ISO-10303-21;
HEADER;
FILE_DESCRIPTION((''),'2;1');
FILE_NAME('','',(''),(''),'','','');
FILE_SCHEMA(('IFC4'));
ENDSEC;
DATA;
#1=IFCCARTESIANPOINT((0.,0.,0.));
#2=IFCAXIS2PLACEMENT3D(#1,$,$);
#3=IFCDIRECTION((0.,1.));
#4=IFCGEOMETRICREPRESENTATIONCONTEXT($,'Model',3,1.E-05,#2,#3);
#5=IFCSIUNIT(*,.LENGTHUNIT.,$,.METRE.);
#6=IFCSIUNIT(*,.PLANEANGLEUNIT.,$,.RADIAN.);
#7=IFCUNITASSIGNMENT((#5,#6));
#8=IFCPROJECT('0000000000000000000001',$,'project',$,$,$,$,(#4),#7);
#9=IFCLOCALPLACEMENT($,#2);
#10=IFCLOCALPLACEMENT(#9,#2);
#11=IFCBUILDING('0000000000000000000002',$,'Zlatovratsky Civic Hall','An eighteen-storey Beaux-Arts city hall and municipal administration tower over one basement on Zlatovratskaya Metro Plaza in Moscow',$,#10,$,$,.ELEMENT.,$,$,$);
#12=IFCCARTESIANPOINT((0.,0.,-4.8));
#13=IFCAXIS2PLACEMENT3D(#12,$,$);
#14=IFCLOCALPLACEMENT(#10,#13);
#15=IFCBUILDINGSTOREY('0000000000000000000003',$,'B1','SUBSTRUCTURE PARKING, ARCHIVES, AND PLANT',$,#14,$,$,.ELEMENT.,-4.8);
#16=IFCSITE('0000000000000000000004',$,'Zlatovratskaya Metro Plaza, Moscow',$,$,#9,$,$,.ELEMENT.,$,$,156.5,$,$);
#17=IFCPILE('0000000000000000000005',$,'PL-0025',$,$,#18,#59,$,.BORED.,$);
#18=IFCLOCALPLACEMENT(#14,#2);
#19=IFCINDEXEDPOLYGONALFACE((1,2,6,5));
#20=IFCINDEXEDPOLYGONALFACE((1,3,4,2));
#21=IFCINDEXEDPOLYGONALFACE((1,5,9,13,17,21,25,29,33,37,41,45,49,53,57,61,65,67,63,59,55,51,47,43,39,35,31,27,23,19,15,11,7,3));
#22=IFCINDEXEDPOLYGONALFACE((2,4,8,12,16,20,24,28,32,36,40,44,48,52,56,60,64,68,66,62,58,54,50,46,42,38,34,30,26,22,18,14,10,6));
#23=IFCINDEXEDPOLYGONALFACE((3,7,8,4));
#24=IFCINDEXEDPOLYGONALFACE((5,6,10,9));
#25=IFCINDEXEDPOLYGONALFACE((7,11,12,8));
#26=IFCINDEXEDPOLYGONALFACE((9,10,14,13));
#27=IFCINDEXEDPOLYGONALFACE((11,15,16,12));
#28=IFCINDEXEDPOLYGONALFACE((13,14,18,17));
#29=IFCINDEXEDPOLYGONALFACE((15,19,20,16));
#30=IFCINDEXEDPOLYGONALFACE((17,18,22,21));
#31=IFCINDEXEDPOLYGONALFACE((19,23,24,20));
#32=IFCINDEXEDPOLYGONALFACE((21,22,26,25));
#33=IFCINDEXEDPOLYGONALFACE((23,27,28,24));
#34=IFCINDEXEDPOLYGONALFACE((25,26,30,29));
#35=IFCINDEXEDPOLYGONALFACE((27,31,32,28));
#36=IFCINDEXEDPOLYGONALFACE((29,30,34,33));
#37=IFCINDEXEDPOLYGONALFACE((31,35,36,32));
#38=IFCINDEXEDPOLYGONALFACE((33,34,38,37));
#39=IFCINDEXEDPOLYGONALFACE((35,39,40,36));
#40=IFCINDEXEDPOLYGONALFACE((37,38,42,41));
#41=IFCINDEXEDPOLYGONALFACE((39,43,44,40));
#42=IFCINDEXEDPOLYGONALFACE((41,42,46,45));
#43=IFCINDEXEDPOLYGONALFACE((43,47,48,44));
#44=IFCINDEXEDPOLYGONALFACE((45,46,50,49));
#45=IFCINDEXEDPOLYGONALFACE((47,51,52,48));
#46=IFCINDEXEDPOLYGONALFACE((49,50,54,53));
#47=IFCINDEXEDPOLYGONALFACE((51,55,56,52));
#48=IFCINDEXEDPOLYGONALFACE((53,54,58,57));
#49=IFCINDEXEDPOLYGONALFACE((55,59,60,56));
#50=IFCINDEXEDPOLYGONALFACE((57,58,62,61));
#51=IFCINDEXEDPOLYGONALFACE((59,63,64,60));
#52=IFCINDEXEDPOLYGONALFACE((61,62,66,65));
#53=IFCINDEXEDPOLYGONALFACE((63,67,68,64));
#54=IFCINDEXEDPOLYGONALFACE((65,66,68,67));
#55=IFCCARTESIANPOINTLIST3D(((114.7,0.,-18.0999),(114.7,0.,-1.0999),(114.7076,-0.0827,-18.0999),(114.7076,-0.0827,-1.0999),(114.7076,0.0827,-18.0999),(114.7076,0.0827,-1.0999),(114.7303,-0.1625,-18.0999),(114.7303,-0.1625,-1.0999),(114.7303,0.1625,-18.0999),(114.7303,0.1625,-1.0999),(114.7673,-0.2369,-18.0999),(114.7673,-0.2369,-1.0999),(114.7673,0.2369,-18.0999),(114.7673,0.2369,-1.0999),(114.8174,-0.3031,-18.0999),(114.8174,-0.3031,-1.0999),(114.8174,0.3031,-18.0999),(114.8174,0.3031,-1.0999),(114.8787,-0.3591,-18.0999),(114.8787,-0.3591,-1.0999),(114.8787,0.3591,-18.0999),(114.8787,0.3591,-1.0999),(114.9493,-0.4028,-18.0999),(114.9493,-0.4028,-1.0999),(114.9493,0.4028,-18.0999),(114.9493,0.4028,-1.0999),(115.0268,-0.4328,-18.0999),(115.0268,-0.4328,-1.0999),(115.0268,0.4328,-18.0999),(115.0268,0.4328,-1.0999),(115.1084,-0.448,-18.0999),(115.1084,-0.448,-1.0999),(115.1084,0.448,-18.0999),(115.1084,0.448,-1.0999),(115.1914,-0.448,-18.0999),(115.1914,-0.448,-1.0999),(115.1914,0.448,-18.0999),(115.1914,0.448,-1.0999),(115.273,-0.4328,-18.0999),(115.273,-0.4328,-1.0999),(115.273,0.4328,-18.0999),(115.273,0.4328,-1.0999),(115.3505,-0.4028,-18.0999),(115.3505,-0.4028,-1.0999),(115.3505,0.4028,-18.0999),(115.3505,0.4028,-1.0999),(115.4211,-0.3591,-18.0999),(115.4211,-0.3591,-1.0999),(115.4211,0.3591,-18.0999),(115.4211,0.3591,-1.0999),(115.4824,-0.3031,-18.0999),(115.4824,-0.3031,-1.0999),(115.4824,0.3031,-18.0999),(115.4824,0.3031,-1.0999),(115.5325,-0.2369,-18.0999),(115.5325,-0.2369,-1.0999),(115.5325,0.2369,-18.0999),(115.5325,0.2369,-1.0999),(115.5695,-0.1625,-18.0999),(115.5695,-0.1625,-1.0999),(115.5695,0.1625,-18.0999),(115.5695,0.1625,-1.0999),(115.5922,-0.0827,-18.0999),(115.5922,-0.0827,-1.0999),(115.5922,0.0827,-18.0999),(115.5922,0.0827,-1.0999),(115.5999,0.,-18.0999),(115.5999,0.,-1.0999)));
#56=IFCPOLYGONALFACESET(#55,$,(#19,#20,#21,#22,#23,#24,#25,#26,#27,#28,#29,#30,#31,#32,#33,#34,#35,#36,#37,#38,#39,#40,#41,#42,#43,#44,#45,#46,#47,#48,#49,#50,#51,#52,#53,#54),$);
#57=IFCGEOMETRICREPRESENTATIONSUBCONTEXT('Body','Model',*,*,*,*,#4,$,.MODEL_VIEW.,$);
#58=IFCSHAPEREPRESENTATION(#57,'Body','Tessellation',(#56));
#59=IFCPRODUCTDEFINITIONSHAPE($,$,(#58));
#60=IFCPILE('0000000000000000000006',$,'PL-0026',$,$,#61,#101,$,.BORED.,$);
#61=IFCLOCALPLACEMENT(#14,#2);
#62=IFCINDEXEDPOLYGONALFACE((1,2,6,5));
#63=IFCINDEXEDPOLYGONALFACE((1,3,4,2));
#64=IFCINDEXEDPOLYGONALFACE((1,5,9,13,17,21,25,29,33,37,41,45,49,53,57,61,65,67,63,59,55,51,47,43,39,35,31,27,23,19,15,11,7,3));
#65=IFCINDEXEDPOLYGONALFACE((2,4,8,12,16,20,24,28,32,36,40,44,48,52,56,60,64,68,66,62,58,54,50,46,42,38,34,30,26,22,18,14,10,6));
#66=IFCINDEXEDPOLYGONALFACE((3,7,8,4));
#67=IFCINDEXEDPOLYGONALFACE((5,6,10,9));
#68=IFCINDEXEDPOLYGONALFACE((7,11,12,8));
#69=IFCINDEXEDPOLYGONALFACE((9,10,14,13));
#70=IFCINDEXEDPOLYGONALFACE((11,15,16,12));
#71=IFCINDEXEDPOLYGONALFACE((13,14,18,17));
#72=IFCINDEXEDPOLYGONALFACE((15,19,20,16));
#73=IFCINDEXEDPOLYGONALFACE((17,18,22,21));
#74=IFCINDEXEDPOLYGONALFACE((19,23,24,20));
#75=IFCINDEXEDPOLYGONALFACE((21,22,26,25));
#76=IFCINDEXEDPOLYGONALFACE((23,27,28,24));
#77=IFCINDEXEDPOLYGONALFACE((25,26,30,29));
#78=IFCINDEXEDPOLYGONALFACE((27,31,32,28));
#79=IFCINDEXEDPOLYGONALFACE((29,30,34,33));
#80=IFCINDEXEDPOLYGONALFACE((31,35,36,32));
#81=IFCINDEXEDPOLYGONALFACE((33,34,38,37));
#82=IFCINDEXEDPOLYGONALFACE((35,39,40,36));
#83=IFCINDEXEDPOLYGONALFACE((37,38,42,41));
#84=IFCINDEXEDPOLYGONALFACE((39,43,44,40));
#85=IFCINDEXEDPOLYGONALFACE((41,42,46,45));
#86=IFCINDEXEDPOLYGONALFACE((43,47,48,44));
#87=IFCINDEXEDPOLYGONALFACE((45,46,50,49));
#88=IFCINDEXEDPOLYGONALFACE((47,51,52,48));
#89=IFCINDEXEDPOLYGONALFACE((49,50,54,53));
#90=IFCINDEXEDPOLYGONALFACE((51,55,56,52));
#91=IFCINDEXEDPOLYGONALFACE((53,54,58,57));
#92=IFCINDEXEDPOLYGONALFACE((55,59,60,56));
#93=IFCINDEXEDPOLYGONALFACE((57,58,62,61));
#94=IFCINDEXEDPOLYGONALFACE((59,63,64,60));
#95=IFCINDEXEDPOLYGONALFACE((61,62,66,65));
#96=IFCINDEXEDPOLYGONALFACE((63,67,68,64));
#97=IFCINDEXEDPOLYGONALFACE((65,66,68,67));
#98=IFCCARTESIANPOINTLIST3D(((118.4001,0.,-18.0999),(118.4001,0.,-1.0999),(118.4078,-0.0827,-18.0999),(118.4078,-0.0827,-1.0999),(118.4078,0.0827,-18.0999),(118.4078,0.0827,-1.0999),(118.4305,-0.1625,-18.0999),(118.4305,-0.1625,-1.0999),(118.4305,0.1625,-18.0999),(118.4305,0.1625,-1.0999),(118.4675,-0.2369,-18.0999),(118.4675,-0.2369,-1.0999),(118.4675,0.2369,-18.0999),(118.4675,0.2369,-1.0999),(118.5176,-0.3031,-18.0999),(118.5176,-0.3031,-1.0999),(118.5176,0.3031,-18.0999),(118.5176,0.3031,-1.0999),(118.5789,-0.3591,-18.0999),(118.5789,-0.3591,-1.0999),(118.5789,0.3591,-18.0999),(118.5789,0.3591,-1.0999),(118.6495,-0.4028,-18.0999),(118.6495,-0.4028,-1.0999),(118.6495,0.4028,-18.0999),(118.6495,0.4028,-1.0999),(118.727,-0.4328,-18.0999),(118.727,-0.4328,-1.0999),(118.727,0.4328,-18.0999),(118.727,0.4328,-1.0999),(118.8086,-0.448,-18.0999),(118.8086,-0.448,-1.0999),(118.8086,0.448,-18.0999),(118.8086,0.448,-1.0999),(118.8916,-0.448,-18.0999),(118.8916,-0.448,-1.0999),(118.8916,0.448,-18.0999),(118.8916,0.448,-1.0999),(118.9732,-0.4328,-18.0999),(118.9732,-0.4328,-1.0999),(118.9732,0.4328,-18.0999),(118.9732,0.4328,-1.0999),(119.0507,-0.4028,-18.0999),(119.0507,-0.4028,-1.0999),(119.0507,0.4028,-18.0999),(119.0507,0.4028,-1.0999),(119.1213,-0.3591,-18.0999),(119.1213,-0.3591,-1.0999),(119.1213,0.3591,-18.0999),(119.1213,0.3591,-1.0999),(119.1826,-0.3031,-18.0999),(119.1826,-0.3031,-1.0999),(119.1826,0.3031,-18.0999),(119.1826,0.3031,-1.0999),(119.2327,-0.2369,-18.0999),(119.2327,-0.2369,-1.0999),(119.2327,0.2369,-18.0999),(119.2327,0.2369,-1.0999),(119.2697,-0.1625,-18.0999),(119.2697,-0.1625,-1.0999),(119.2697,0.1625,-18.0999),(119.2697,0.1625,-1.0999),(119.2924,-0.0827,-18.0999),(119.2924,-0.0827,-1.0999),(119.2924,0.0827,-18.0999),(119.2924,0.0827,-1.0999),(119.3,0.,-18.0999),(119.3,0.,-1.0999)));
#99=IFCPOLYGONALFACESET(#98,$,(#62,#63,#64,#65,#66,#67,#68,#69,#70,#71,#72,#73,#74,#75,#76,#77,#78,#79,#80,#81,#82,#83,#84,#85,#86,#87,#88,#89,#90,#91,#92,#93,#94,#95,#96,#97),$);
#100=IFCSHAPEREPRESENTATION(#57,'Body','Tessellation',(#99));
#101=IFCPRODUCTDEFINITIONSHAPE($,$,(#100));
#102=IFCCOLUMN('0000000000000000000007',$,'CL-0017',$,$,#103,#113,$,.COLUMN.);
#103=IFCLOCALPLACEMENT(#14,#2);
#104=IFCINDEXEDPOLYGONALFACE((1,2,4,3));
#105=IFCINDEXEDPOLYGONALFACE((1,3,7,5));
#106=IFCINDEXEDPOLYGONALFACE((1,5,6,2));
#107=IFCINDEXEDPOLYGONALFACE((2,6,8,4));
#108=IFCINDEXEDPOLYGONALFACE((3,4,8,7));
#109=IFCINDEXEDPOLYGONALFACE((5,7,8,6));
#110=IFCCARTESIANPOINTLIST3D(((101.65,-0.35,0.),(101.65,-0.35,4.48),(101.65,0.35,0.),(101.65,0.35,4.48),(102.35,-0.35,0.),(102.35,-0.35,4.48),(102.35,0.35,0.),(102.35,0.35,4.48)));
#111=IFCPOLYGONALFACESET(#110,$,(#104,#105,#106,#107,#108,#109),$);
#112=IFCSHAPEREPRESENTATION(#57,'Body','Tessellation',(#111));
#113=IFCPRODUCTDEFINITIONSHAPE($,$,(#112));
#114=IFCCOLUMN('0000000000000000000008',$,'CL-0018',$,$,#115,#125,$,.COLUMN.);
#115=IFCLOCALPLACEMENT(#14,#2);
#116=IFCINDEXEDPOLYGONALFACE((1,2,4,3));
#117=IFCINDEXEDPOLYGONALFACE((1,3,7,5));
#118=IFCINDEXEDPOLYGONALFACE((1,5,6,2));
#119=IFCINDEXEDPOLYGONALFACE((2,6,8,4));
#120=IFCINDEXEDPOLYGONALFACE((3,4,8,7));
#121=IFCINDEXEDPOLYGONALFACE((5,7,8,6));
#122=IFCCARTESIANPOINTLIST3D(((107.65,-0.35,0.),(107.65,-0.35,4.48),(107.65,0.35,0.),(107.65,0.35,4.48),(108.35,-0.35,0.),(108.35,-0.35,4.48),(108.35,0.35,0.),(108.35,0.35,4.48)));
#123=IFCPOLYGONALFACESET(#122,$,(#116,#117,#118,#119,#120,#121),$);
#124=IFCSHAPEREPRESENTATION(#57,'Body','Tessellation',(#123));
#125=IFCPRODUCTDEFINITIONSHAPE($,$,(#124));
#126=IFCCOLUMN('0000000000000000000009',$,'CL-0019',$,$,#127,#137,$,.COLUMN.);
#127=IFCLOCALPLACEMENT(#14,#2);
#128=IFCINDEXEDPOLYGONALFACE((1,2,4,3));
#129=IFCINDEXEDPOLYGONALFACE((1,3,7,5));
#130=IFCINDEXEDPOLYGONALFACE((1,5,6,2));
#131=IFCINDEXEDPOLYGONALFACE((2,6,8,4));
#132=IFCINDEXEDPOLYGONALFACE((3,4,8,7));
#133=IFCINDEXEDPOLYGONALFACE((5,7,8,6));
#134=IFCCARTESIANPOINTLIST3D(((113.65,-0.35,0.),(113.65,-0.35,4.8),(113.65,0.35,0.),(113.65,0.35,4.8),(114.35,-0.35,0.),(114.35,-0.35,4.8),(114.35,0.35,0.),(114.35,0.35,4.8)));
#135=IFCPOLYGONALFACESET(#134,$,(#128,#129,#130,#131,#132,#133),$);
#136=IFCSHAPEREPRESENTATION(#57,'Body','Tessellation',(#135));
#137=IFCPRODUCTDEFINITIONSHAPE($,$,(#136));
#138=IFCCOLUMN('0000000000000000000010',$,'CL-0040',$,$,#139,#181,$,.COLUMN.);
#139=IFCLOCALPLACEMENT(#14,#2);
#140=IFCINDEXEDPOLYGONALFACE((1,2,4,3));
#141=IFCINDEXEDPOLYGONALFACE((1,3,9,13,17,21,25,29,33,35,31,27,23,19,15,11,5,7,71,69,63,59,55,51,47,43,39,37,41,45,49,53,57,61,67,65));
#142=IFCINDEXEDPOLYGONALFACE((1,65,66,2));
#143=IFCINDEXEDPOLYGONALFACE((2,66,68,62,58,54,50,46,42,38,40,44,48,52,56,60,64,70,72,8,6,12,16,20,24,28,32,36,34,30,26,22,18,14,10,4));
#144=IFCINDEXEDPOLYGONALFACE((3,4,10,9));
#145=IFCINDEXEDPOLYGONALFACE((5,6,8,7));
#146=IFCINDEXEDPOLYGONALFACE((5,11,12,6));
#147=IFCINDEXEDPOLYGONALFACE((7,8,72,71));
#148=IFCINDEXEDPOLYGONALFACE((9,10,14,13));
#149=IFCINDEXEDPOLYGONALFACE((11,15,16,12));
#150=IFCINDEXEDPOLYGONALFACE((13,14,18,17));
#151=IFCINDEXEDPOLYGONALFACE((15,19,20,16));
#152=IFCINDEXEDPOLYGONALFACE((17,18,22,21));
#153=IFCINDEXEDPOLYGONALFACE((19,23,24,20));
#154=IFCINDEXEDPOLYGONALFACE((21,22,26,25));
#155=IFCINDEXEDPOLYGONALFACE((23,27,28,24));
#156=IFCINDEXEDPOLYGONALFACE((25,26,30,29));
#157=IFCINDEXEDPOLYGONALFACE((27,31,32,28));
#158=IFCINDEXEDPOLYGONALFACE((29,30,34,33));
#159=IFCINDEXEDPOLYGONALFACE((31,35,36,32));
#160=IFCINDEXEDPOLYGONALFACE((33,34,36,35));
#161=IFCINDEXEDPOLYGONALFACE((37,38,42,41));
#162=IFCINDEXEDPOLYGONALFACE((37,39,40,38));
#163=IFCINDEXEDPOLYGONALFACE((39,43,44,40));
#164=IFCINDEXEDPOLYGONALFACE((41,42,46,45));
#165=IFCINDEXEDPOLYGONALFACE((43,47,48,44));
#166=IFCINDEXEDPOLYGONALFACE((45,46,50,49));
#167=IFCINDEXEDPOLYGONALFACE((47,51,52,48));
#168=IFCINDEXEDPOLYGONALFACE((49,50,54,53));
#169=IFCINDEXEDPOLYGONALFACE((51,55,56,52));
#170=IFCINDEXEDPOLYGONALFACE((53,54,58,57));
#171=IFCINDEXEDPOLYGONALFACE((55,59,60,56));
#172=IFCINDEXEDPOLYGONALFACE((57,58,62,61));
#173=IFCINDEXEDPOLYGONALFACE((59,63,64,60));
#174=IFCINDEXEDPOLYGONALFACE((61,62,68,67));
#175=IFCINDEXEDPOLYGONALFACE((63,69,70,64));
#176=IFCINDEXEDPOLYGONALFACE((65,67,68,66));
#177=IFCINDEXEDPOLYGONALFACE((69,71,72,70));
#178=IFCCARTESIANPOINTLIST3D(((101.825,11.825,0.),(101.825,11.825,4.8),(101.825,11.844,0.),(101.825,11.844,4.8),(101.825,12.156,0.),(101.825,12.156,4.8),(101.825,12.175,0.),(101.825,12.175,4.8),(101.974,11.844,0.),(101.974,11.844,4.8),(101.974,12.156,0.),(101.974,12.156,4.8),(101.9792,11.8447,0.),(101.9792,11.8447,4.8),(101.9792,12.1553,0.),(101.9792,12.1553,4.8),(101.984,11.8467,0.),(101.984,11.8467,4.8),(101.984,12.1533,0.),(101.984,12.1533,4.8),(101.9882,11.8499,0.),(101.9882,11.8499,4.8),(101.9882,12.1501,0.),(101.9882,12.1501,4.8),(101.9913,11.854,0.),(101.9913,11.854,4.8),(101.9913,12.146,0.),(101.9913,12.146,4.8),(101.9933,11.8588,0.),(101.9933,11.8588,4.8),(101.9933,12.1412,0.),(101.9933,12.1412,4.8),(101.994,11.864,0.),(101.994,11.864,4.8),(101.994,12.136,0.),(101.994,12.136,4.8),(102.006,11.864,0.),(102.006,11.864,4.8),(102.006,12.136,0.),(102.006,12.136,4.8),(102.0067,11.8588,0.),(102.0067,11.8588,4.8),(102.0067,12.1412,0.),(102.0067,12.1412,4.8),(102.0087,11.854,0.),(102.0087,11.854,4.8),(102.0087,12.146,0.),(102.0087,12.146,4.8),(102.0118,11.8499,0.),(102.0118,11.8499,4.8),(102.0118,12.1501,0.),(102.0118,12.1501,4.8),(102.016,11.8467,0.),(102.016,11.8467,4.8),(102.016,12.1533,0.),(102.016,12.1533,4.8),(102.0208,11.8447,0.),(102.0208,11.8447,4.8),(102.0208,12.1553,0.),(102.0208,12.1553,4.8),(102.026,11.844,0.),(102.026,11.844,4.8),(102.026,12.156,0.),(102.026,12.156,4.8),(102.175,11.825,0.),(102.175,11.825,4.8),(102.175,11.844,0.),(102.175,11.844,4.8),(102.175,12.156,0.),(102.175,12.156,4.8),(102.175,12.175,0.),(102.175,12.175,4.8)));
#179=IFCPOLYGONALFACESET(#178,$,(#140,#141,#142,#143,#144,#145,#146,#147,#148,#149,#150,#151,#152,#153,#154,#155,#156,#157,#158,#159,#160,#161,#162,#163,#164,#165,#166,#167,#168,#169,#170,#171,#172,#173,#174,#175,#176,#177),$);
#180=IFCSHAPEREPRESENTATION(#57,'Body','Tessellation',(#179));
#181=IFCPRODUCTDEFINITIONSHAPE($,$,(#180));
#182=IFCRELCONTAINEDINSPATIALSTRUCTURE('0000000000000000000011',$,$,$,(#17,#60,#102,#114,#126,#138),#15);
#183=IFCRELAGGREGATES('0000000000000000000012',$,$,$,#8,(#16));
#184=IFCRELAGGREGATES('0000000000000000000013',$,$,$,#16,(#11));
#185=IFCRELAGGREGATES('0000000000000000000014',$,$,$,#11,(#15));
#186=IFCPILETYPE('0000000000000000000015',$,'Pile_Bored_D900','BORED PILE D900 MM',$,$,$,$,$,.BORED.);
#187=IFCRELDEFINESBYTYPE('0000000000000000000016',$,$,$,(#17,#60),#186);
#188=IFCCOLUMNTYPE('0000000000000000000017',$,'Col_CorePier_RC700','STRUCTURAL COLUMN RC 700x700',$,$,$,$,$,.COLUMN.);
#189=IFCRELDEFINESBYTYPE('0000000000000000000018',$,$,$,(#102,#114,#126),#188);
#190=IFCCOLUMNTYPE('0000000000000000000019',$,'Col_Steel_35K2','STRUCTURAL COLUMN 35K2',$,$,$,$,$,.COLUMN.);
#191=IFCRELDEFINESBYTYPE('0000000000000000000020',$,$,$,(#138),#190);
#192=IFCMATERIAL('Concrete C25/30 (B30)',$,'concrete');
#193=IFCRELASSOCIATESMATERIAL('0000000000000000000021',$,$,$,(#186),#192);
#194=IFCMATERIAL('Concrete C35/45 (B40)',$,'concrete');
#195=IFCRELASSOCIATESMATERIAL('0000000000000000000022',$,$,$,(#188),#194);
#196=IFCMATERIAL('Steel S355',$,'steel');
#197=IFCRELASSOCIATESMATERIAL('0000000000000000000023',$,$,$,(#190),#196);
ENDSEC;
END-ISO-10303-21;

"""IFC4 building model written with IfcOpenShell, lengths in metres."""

from ifc_helpers import new_model, si_unit, direction, frame, origin, origin_2d, place, context, subcontext, project, spatial, rectangle, circle, i_section, extrude, material, material_profile, profile_set, type_object, element, save


model = new_model("IFC4")

# Units and contexts
model_context = context("Model", 3, precision=1e-05, world=origin(), true_north=direction((0.0, 1.0)))
body_context = subcontext(model_context, "Body", "Model", "MODEL_VIEW")
ifc_project = project(units=[si_unit("LENGTHUNIT", "METRE"), si_unit("PLANEANGLEUNIT", "RADIAN")], contexts=[model_context])

# Site, building, storey
site_placement = place(None, origin())
site = spatial("IfcSite", under=ifc_project, at=site_placement, Name="Zlatovratskaya Metro Plaza, Moscow", CompositionType="ELEMENT", RefElevation=156.5)
building_placement = place(site_placement, origin())
building = spatial("IfcBuilding", under=site, at=building_placement, Name="Zlatovratsky Civic Hall", Description="An eighteen-storey Beaux-Arts city hall and municipal administration tower over one basement on Zlatovratskaya Metro Plaza in Moscow", CompositionType="ELEMENT")
storey_placement = place(building_placement, frame((0.0, 0.0, -4.8)))
storey = spatial("IfcBuildingStorey", under=building, at=storey_placement, Name="B1", Description="SUBSTRUCTURE PARKING, ARCHIVES, AND PLANT", CompositionType="ELEMENT", Elevation=-4.8)

# Shared definitions
ifc_material_1 = material(Name="Concrete C25/30 (B30)", Category="concrete")

# Piles
ifc_material_profile_1 = material_profile(ifc_material_1, circle(Radius=0.45, at=origin_2d()), Name="PILE D900")
ifc_profile_set_1 = profile_set([ifc_material_profile_1], Name="Concrete C25/30 (B30)")
pile_type_1 = type_object("IfcPileType", Name="Pile_Bored_D900", Description="BORED PILE D900 MM", PredefinedType="BORED", material=ifc_profile_set_1)
for number, where, z_axis, x_axis, name in (
    (1, (115.1499, 0.0, -1.0999), (0.0, 0.0, -1.0), (1.0, 0.0, 0.0), "PL-0025"),
    (2, (118.8501, 0.0, -1.0999), (0.0, 0.0, -1.0), (1.0, 0.0, 0.0), "PL-0026"),
):
    element("IfcPile", number, at=place(storey_placement, frame(where, z_axis=z_axis, x_axis=x_axis)), inside=storey, type_object=pile_type_1, Name=name, PredefinedType="BORED", context=body_context, shape_type="SweptSolid", body=[
        extrude(circle(Radius=0.45, at=origin_2d()), origin(), (0.0, 0.0, 1.0), 17.0),
    ])

# Columns
ifc_material_2 = material(Name="Concrete C35/45 (B40)", Category="concrete")
ifc_material_profile_2 = material_profile(ifc_material_2, rectangle(XDim=0.7, YDim=0.7, at=origin_2d()), Name="RC 700x700")
ifc_profile_set_2 = profile_set([ifc_material_profile_2], Name="Concrete C35/45 (B40)")
column_type_1 = type_object("IfcColumnType", Name="Col_CorePier_RC700", Description="STRUCTURAL COLUMN RC 700x700", PredefinedType="COLUMN", material=ifc_profile_set_2)
for number, where, z_axis, x_axis, name in (
    (3, (102.0, 0.0, 0.0), (0.0, 0.0, 1.0), (1.0, 0.0, 0.0), "CL-0017"),
    (4, (108.0, 0.0, 0.0), (0.0, 0.0, 1.0), (1.0, 0.0, 0.0), "CL-0018"),
):
    element("IfcColumn", number, at=place(storey_placement, frame(where, z_axis=z_axis, x_axis=x_axis)), inside=storey, type_object=column_type_1, Name=name, PredefinedType="COLUMN", context=body_context, shape_type="SweptSolid", body=[
        extrude(rectangle(XDim=0.7, YDim=0.7, at=origin_2d()), origin(), (0.0, 0.0, 1.0), 4.48),
    ])
column_1_placement = place(storey_placement, frame((114.0, 0.0, 0.0), z_axis=(0.0, 0.0, 1.0), x_axis=(1.0, 0.0, 0.0)))
element("IfcColumn", 5, at=column_1_placement, inside=storey, type_object=column_type_1, Name="CL-0019", PredefinedType="COLUMN", context=body_context, shape_type="SweptSolid", body=[
    extrude(rectangle(XDim=0.7, YDim=0.7, at=origin_2d()), origin(), (0.0, 0.0, 1.0), 4.8),
])
ifc_material_3 = material(Name="Steel S355", Category="steel")
ifc_material_profile_3 = material_profile(ifc_material_3, i_section(OverallWidth=0.3501, OverallDepth=0.3501, WebThickness=0.012, FlangeThickness=0.019, FilletRadius=0.02, at=origin_2d()), Name="35K2")
ifc_profile_set_3 = profile_set([ifc_material_profile_3], Name="Steel S355")
column_type_2 = type_object("IfcColumnType", Name="Col_Steel_35K2", Description="STRUCTURAL COLUMN 35K2", PredefinedType="COLUMN", material=ifc_profile_set_3)
column_2_placement = place(storey_placement, frame((102.0, 12.0, 0.0), z_axis=(0.0, 0.0, 1.0), x_axis=(1.0, 0.0, 0.0)))
element("IfcColumn", 6, at=column_2_placement, inside=storey, type_object=column_type_2, Name="CL-0040", PredefinedType="COLUMN", context=body_context, shape_type="SweptSolid", body=[
    extrude(i_section(OverallWidth=0.3501, OverallDepth=0.3501, WebThickness=0.012, FlangeThickness=0.019, FilletRadius=0.02, at=origin_2d()), origin(), (0.0, 0.0, 1.0), 4.8),
])

save(model, "model.ifc")
